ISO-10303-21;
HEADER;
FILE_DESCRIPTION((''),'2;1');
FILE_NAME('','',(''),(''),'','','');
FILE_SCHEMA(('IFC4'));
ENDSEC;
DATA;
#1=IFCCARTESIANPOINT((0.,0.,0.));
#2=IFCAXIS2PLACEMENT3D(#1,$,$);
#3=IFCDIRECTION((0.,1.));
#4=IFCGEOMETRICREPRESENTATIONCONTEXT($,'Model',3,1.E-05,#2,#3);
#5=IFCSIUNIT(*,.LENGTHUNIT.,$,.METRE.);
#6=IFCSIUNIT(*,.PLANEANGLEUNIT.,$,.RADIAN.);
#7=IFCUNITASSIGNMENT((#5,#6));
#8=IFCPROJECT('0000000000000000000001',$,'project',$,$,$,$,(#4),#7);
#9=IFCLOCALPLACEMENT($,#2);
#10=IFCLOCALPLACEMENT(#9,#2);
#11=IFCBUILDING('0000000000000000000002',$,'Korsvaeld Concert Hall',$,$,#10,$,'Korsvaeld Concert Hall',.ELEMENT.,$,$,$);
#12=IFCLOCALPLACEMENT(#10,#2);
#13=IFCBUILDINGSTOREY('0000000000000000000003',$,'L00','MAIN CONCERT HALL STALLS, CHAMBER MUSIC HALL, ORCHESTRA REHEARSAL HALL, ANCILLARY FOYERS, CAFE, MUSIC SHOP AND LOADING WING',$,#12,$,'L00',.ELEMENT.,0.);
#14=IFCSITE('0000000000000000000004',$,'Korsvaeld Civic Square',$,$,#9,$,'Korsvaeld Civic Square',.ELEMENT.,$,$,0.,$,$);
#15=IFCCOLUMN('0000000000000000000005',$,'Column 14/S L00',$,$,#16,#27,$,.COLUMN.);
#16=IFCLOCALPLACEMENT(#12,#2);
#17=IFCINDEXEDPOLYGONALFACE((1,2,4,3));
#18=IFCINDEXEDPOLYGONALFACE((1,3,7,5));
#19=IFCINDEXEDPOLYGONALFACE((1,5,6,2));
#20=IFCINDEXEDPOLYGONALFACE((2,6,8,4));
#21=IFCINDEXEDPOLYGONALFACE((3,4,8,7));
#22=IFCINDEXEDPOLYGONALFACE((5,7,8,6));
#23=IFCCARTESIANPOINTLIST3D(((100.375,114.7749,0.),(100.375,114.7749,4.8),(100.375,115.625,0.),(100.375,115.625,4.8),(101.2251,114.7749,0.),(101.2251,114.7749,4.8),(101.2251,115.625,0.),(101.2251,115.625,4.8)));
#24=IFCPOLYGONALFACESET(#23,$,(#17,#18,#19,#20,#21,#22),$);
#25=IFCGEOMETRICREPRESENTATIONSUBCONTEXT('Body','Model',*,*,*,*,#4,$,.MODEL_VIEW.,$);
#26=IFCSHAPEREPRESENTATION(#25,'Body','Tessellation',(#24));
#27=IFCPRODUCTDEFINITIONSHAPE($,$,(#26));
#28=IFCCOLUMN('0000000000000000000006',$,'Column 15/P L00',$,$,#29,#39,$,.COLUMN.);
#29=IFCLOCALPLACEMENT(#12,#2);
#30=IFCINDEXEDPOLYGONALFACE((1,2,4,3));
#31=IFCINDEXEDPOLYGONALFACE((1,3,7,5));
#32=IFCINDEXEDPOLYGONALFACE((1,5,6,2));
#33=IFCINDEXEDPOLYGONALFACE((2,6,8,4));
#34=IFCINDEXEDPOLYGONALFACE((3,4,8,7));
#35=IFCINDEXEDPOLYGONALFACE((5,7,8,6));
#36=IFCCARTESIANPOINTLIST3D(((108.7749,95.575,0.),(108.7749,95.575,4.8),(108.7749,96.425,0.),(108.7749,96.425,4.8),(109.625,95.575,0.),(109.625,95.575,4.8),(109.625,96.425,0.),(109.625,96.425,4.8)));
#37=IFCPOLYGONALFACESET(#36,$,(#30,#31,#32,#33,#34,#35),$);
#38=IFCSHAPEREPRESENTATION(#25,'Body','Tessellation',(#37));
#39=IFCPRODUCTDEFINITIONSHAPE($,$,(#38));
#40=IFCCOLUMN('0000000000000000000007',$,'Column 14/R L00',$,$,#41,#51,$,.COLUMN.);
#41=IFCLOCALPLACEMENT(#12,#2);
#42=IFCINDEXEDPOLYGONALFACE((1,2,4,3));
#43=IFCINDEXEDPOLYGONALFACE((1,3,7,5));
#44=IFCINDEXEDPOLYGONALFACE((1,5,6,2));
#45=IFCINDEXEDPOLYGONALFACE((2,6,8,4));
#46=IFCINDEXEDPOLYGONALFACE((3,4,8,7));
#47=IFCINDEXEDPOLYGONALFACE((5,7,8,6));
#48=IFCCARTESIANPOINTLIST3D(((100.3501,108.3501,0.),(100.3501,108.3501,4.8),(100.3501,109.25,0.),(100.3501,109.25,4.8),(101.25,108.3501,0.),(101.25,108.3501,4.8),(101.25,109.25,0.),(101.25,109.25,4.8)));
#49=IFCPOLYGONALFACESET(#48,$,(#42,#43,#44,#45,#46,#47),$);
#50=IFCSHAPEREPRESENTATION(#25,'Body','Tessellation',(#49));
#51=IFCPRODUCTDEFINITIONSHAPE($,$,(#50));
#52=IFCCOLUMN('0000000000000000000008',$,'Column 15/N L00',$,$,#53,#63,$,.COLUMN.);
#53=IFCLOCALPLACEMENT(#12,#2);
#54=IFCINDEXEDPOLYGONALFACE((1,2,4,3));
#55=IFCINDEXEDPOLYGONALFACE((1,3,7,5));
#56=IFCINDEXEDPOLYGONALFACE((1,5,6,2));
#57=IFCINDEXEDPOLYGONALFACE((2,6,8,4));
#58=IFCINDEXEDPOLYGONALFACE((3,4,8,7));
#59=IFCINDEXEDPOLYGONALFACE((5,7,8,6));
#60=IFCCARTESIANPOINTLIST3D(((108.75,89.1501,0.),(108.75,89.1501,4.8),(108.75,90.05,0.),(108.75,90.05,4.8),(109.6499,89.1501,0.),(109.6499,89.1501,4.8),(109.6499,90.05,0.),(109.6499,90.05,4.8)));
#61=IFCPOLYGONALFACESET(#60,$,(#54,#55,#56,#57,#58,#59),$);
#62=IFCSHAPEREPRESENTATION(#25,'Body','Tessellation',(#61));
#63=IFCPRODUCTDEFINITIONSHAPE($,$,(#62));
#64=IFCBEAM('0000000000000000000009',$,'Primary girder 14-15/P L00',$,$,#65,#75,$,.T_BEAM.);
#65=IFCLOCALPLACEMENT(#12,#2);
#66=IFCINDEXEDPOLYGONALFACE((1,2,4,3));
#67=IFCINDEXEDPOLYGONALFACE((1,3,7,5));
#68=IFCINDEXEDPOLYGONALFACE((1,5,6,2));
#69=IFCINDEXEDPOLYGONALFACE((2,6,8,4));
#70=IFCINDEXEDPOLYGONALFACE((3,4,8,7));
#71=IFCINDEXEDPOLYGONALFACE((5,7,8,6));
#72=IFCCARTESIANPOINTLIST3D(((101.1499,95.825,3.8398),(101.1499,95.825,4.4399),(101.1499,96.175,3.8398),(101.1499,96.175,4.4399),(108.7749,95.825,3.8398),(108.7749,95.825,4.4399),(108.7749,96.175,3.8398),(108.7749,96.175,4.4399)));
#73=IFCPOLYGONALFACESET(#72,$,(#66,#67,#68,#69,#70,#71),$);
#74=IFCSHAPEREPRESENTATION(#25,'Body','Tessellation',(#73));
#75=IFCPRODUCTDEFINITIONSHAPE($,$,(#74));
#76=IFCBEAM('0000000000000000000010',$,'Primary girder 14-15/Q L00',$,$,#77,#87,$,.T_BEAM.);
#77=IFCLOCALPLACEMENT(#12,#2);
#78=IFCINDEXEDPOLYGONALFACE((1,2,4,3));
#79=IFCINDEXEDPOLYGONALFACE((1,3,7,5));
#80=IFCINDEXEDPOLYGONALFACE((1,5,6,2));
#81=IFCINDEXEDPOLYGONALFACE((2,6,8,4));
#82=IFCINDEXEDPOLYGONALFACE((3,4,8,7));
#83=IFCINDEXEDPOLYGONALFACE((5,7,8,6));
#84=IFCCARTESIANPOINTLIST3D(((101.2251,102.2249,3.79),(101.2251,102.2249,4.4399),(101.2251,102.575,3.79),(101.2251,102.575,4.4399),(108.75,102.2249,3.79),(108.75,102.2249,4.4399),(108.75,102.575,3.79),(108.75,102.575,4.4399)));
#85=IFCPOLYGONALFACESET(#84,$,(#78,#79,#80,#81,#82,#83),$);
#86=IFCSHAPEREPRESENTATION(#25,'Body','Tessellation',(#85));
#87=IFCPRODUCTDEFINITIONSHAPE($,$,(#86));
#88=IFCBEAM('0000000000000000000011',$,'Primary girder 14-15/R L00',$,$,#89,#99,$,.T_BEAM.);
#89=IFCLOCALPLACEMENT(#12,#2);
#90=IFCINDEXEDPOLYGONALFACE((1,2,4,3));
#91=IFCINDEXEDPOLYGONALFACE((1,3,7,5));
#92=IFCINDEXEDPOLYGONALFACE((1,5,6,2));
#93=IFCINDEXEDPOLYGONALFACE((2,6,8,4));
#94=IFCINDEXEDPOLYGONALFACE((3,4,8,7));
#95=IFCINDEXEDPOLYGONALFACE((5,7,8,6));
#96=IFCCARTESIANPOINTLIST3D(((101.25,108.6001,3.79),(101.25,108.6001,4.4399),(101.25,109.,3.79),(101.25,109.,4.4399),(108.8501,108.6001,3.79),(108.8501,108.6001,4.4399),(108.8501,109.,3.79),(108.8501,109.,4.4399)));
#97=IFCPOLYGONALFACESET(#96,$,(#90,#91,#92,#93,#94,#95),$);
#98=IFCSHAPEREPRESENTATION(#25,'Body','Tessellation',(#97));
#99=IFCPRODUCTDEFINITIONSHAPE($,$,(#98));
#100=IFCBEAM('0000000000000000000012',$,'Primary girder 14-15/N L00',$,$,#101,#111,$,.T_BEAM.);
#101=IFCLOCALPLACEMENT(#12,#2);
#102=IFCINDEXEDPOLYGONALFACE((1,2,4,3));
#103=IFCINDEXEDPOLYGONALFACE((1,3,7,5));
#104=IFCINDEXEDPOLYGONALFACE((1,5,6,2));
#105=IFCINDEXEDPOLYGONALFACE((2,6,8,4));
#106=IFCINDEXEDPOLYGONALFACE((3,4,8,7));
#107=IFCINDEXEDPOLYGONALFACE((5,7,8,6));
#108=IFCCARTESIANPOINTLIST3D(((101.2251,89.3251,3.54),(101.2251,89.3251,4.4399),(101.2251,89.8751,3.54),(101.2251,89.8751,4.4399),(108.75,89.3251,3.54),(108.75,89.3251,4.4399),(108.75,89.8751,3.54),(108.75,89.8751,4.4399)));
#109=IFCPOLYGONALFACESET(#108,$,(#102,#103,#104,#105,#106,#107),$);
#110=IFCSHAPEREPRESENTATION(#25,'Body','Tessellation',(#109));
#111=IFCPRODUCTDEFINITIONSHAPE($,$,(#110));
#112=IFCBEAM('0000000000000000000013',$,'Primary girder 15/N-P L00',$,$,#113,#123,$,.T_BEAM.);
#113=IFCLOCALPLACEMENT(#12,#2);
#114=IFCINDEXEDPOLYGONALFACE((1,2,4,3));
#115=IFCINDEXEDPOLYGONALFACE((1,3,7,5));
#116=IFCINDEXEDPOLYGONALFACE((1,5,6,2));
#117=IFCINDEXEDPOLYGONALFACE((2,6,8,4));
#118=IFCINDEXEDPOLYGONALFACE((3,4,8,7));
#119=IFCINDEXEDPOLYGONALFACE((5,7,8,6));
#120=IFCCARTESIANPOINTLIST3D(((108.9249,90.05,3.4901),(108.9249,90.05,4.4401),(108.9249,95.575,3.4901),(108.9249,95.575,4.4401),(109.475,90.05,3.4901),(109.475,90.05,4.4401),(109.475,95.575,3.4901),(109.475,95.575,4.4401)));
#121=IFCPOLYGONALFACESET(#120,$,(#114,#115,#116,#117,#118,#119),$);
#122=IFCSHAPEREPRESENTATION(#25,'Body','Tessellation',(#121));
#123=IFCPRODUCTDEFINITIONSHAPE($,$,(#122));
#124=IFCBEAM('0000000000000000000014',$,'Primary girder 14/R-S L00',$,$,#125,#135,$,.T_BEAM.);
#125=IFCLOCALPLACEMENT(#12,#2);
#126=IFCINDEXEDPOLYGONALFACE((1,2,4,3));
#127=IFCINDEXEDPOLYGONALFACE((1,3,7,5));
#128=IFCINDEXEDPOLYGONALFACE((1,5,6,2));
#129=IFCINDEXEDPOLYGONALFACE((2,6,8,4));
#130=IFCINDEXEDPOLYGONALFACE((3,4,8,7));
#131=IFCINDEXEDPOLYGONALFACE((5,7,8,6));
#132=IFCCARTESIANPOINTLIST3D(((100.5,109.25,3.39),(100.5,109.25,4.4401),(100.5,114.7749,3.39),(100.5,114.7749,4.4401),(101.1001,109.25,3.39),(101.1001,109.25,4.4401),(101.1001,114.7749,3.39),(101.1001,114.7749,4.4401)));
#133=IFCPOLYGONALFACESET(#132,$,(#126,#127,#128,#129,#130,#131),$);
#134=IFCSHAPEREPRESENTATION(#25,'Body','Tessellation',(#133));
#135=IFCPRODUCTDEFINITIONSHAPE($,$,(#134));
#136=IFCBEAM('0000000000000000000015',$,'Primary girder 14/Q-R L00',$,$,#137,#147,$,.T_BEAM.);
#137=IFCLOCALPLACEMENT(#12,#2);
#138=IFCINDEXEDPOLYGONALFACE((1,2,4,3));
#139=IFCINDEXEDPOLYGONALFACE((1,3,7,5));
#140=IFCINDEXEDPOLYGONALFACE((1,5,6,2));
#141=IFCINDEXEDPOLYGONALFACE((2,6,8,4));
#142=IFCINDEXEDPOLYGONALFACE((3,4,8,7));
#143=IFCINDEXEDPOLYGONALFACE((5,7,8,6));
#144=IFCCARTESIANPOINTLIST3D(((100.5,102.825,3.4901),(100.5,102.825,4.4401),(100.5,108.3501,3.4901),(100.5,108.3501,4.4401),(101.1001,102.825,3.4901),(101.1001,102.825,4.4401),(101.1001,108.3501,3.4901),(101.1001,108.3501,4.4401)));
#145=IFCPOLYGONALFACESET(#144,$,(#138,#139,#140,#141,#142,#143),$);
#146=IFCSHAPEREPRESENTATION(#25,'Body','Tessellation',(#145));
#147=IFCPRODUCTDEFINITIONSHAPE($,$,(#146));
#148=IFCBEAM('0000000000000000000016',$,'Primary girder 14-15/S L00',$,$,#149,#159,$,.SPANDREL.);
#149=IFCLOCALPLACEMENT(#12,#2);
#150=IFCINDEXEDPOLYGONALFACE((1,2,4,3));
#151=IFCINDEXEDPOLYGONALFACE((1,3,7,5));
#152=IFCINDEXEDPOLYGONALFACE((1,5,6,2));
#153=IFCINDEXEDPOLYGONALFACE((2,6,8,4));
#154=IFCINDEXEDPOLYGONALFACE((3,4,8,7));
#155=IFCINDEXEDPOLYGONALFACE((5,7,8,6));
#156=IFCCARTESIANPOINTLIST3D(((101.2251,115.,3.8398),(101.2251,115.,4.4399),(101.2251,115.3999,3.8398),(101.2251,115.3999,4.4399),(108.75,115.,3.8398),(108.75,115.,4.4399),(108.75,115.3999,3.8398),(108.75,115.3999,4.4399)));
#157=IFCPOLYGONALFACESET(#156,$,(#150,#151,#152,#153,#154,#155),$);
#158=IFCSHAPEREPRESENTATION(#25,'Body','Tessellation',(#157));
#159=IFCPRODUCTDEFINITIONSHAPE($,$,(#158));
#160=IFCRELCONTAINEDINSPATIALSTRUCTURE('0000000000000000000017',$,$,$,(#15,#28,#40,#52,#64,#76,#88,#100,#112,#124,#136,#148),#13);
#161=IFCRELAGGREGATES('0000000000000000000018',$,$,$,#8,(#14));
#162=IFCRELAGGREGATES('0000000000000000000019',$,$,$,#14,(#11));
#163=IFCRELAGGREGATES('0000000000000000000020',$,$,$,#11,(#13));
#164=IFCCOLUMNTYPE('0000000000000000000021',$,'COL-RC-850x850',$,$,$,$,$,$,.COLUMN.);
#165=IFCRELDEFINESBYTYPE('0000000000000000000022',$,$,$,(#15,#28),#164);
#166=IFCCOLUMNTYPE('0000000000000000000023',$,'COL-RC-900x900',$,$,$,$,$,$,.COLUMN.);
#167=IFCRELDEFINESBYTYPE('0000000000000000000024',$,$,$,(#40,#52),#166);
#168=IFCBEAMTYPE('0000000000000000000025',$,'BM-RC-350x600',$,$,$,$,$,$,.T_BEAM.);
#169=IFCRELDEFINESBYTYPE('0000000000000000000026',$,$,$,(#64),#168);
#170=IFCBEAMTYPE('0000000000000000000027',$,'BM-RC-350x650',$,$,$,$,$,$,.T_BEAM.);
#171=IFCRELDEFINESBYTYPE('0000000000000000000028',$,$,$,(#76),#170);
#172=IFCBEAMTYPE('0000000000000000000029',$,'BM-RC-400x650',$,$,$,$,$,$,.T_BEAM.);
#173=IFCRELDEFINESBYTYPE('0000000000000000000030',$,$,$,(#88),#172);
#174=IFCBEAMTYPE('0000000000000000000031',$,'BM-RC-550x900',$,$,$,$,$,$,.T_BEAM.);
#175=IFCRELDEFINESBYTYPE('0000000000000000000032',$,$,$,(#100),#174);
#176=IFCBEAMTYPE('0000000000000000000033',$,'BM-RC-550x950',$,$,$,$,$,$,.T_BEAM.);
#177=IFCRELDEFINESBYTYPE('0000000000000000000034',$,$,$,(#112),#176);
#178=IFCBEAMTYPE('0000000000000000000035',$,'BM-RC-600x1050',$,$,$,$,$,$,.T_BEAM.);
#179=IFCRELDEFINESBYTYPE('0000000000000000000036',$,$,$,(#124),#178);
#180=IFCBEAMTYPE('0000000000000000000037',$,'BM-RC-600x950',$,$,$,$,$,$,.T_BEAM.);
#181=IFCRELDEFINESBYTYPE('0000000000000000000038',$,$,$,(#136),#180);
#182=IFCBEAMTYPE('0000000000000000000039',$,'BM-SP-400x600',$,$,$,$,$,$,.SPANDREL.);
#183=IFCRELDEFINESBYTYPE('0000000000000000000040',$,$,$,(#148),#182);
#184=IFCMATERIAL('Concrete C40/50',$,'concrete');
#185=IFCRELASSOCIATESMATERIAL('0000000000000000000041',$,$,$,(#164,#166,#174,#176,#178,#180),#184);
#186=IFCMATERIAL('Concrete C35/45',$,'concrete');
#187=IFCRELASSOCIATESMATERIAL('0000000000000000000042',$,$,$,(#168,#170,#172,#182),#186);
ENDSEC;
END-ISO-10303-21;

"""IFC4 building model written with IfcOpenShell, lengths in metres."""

from ifc_helpers import new_model, si_unit, direction, frame, origin, origin_2d, place, context, subcontext, project, spatial, rectangle, extrude, material, material_profile, profile_set, type_object, element, save


model = new_model("IFC4")

# Units and contexts
model_context = context("Model", 3, precision=1e-05, world=origin(), true_north=direction((0.0, 1.0)))
body_context = subcontext(model_context, "Body", "Model", "MODEL_VIEW")
ifc_project = project(units=[si_unit("LENGTHUNIT", "METRE"), si_unit("PLANEANGLEUNIT", "RADIAN")], contexts=[model_context])

# Site, building, storey
site_placement = place(None, origin())
site = spatial("IfcSite", under=ifc_project, at=site_placement, Name="Korsvaeld Civic Square", LongName="Korsvaeld Civic Square", CompositionType="ELEMENT", RefElevation=0.0)
building_placement = place(site_placement, origin())
building = spatial("IfcBuilding", under=site, at=building_placement, Name="Korsvaeld Concert Hall", LongName="Korsvaeld Concert Hall", CompositionType="ELEMENT")
storey_placement = place(building_placement, origin())
storey = spatial("IfcBuildingStorey", under=building, at=storey_placement, Name="L00", Description="MAIN CONCERT HALL STALLS, CHAMBER MUSIC HALL, ORCHESTRA REHEARSAL HALL, ANCILLARY FOYERS, CAFE, MUSIC SHOP AND LOADING WING", LongName="L00", CompositionType="ELEMENT", Elevation=0.0)

# Columns
ifc_material_1 = material(Name="Concrete C40/50", Category="concrete")
ifc_material_profile_1 = material_profile(ifc_material_1, rectangle(XDim=0.8501, YDim=0.8501, at=origin_2d()), Name="RC 850x850")
ifc_profile_set_1 = profile_set([ifc_material_profile_1], Name="Concrete C40/50")
column_type_1 = type_object("IfcColumnType", Name="COL-RC-850x850", PredefinedType="COLUMN", material=ifc_profile_set_1)
for number, where, z_axis, x_axis, name in (
    (1, (100.8, 115.2, 0.0), (0.0, 0.0, 1.0), (1.0, 0.0, 0.0), "Column 14/S L00"),
    (2, (109.2, 96.0, 0.0), (0.0, 0.0, 1.0), (1.0, 0.0, 0.0), "Column 15/P L00"),
):
    element("IfcColumn", number, at=place(storey_placement, frame(where, z_axis=z_axis, x_axis=x_axis)), inside=storey, type_object=column_type_1, Name=name, PredefinedType="COLUMN", context=body_context, shape_type="SweptSolid", body=[
        extrude(rectangle(XDim=0.8501, YDim=0.8501, at=origin_2d()), origin(), (0.0, 0.0, 1.0), 4.8),
    ])
ifc_material_profile_2 = material_profile(ifc_material_1, rectangle(XDim=0.8999, YDim=0.8999, at=origin_2d()), Name="RC 900x900")
ifc_profile_set_2 = profile_set([ifc_material_profile_2], Name="Concrete C40/50")
column_type_2 = type_object("IfcColumnType", Name="COL-RC-900x900", PredefinedType="COLUMN", material=ifc_profile_set_2)
for number, where, z_axis, x_axis, name in (
    (3, (100.8, 108.8, 0.0), (0.0, 0.0, 1.0), (1.0, 0.0, 0.0), "Column 14/R L00"),
    (4, (109.2, 89.6001, 0.0), (0.0, 0.0, 1.0), (1.0, 0.0, 0.0), "Column 15/N L00"),
):
    element("IfcColumn", number, at=place(storey_placement, frame(where, z_axis=z_axis, x_axis=x_axis)), inside=storey, type_object=column_type_2, Name=name, PredefinedType="COLUMN", context=body_context, shape_type="SweptSolid", body=[
        extrude(rectangle(XDim=0.8999, YDim=0.8999, at=origin_2d()), origin(), (0.0, 0.0, 1.0), 4.8),
    ])

# Beams
ifc_material_2 = material(Name="Concrete C35/45", Category="concrete")
ifc_material_profile_3 = material_profile(ifc_material_2, rectangle(XDim=0.3501, YDim=0.6001, at=origin_2d()), Name="RC 350x600")
ifc_profile_set_3 = profile_set([ifc_material_profile_3], Name="Concrete C35/45")
beam_type_1 = type_object("IfcBeamType", Name="BM-RC-350x600", PredefinedType="T_BEAM", material=ifc_profile_set_3)
beam_1_placement = place(storey_placement, frame((101.1499, 96.0, 4.1399), z_axis=(1.0, 0.0, 0.0), x_axis=(0.0, 1.0, 0.0)))
element("IfcBeam", 5, at=beam_1_placement, inside=storey, type_object=beam_type_1, Name="Primary girder 14-15/P L00", PredefinedType="T_BEAM", context=body_context, shape_type="SweptSolid", body=[
    extrude(rectangle(XDim=0.3501, YDim=0.6001, at=origin_2d()), origin(), (0.0, 0.0, 1.0), 7.625),
])
ifc_material_profile_4 = material_profile(ifc_material_2, rectangle(XDim=0.3501, YDim=0.6499, at=origin_2d()), Name="RC 350x650")
ifc_profile_set_4 = profile_set([ifc_material_profile_4], Name="Concrete C35/45")
beam_type_2 = type_object("IfcBeamType", Name="BM-RC-350x650", PredefinedType="T_BEAM", material=ifc_profile_set_4)
beam_2_placement = place(storey_placement, frame((101.2251, 102.3999, 4.115), z_axis=(1.0, 0.0, 0.0), x_axis=(0.0, 1.0, 0.0)))
element("IfcBeam", 6, at=beam_2_placement, inside=storey, type_object=beam_type_2, Name="Primary girder 14-15/Q L00", PredefinedType="T_BEAM", context=body_context, shape_type="SweptSolid", body=[
    extrude(rectangle(XDim=0.3501, YDim=0.6499, at=origin_2d()), origin(), (0.0, 0.0, 1.0), 7.5249),
])
ifc_material_profile_5 = material_profile(ifc_material_2, rectangle(XDim=0.3999, YDim=0.6499, at=origin_2d()), Name="RC 400x650")
ifc_profile_set_5 = profile_set([ifc_material_profile_5], Name="Concrete C35/45")
beam_type_3 = type_object("IfcBeamType", Name="BM-RC-400x650", PredefinedType="T_BEAM", material=ifc_profile_set_5)
beam_3_placement = place(storey_placement, frame((101.25, 108.8, 4.115), z_axis=(1.0, 0.0, 0.0), x_axis=(0.0, 1.0, 0.0)))
element("IfcBeam", 7, at=beam_3_placement, inside=storey, type_object=beam_type_3, Name="Primary girder 14-15/R L00", PredefinedType="T_BEAM", context=body_context, shape_type="SweptSolid", body=[
    extrude(rectangle(XDim=0.3999, YDim=0.6499, at=origin_2d()), origin(), (0.0, 0.0, 1.0), 7.6001),
])
ifc_material_profile_6 = material_profile(ifc_material_1, rectangle(XDim=0.55, YDim=0.8999, at=origin_2d()), Name="RC 550x900")
ifc_profile_set_6 = profile_set([ifc_material_profile_6], Name="Concrete C40/50")
beam_type_4 = type_object("IfcBeamType", Name="BM-RC-550x900", PredefinedType="T_BEAM", material=ifc_profile_set_6)
beam_4_placement = place(storey_placement, frame((101.2251, 89.6001, 3.99), z_axis=(1.0, 0.0, 0.0), x_axis=(0.0, 1.0, 0.0)))
element("IfcBeam", 8, at=beam_4_placement, inside=storey, type_object=beam_type_4, Name="Primary girder 14-15/N L00", PredefinedType="T_BEAM", context=body_context, shape_type="SweptSolid", body=[
    extrude(rectangle(XDim=0.55, YDim=0.8999, at=origin_2d()), origin(), (0.0, 0.0, 1.0), 7.5249),
])
ifc_material_profile_7 = material_profile(ifc_material_1, rectangle(XDim=0.55, YDim=0.95, at=origin_2d()), Name="RC 550x950")
ifc_profile_set_7 = profile_set([ifc_material_profile_7], Name="Concrete C40/50")
beam_type_5 = type_object("IfcBeamType", Name="BM-RC-550x950", PredefinedType="T_BEAM", material=ifc_profile_set_7)
beam_5_placement = place(storey_placement, frame((109.2, 90.05, 3.9651), z_axis=(0.0, 1.0, 0.0), x_axis=(-1.0, 0.0, 0.0)))
element("IfcBeam", 9, at=beam_5_placement, inside=storey, type_object=beam_type_5, Name="Primary girder 15/N-P L00", PredefinedType="T_BEAM", context=body_context, shape_type="SweptSolid", body=[
    extrude(rectangle(XDim=0.55, YDim=0.95, at=origin_2d()), origin(), (0.0, 0.0, 1.0), 5.5249),
])
ifc_material_profile_8 = material_profile(ifc_material_1, rectangle(XDim=0.6001, YDim=1.05, at=origin_2d()), Name="RC 600x1050")
ifc_profile_set_8 = profile_set([ifc_material_profile_8], Name="Concrete C40/50")
beam_type_6 = type_object("IfcBeamType", Name="BM-RC-600x1050", PredefinedType="T_BEAM", material=ifc_profile_set_8)
beam_6_placement = place(storey_placement, frame((100.8, 109.25, 3.915), z_axis=(0.0, 1.0, 0.0), x_axis=(-1.0, 0.0, 0.0)))
element("IfcBeam", 10, at=beam_6_placement, inside=storey, type_object=beam_type_6, Name="Primary girder 14/R-S L00", PredefinedType="T_BEAM", context=body_context, shape_type="SweptSolid", body=[
    extrude(rectangle(XDim=0.6001, YDim=1.05, at=origin_2d()), origin(), (0.0, 0.0, 1.0), 5.5249),
])
ifc_material_profile_9 = material_profile(ifc_material_1, rectangle(XDim=0.6001, YDim=0.95, at=origin_2d()), Name="RC 600x950")
ifc_profile_set_9 = profile_set([ifc_material_profile_9], Name="Concrete C40/50")
beam_type_7 = type_object("IfcBeamType", Name="BM-RC-600x950", PredefinedType="T_BEAM", material=ifc_profile_set_9)
beam_7_placement = place(storey_placement, frame((100.8, 102.825, 3.9651), z_axis=(0.0, 1.0, 0.0), x_axis=(-1.0, 0.0, 0.0)))
element("IfcBeam", 11, at=beam_7_placement, inside=storey, type_object=beam_type_7, Name="Primary girder 14/Q-R L00", PredefinedType="T_BEAM", context=body_context, shape_type="SweptSolid", body=[
    extrude(rectangle(XDim=0.6001, YDim=0.95, at=origin_2d()), origin(), (0.0, 0.0, 1.0), 5.5251),
])
ifc_material_profile_10 = material_profile(ifc_material_2, rectangle(XDim=0.3999, YDim=0.6001, at=origin_2d()), Name="RC 400x600")
ifc_profile_set_10 = profile_set([ifc_material_profile_10], Name="Concrete C35/45")
beam_type_8 = type_object("IfcBeamType", Name="BM-SP-400x600", PredefinedType="SPANDREL", material=ifc_profile_set_10)
beam_8_placement = place(storey_placement, frame((101.2251, 115.2, 4.1399), z_axis=(1.0, 0.0, 0.0), x_axis=(0.0, 1.0, 0.0)))
element("IfcBeam", 12, at=beam_8_placement, inside=storey, type_object=beam_type_8, Name="Primary girder 14-15/S L00", PredefinedType="SPANDREL", context=body_context, shape_type="SweptSolid", body=[
    extrude(rectangle(XDim=0.3999, YDim=0.6001, at=origin_2d()), origin(), (0.0, 0.0, 1.0), 7.5249),
])

save(model, "model.ifc")
